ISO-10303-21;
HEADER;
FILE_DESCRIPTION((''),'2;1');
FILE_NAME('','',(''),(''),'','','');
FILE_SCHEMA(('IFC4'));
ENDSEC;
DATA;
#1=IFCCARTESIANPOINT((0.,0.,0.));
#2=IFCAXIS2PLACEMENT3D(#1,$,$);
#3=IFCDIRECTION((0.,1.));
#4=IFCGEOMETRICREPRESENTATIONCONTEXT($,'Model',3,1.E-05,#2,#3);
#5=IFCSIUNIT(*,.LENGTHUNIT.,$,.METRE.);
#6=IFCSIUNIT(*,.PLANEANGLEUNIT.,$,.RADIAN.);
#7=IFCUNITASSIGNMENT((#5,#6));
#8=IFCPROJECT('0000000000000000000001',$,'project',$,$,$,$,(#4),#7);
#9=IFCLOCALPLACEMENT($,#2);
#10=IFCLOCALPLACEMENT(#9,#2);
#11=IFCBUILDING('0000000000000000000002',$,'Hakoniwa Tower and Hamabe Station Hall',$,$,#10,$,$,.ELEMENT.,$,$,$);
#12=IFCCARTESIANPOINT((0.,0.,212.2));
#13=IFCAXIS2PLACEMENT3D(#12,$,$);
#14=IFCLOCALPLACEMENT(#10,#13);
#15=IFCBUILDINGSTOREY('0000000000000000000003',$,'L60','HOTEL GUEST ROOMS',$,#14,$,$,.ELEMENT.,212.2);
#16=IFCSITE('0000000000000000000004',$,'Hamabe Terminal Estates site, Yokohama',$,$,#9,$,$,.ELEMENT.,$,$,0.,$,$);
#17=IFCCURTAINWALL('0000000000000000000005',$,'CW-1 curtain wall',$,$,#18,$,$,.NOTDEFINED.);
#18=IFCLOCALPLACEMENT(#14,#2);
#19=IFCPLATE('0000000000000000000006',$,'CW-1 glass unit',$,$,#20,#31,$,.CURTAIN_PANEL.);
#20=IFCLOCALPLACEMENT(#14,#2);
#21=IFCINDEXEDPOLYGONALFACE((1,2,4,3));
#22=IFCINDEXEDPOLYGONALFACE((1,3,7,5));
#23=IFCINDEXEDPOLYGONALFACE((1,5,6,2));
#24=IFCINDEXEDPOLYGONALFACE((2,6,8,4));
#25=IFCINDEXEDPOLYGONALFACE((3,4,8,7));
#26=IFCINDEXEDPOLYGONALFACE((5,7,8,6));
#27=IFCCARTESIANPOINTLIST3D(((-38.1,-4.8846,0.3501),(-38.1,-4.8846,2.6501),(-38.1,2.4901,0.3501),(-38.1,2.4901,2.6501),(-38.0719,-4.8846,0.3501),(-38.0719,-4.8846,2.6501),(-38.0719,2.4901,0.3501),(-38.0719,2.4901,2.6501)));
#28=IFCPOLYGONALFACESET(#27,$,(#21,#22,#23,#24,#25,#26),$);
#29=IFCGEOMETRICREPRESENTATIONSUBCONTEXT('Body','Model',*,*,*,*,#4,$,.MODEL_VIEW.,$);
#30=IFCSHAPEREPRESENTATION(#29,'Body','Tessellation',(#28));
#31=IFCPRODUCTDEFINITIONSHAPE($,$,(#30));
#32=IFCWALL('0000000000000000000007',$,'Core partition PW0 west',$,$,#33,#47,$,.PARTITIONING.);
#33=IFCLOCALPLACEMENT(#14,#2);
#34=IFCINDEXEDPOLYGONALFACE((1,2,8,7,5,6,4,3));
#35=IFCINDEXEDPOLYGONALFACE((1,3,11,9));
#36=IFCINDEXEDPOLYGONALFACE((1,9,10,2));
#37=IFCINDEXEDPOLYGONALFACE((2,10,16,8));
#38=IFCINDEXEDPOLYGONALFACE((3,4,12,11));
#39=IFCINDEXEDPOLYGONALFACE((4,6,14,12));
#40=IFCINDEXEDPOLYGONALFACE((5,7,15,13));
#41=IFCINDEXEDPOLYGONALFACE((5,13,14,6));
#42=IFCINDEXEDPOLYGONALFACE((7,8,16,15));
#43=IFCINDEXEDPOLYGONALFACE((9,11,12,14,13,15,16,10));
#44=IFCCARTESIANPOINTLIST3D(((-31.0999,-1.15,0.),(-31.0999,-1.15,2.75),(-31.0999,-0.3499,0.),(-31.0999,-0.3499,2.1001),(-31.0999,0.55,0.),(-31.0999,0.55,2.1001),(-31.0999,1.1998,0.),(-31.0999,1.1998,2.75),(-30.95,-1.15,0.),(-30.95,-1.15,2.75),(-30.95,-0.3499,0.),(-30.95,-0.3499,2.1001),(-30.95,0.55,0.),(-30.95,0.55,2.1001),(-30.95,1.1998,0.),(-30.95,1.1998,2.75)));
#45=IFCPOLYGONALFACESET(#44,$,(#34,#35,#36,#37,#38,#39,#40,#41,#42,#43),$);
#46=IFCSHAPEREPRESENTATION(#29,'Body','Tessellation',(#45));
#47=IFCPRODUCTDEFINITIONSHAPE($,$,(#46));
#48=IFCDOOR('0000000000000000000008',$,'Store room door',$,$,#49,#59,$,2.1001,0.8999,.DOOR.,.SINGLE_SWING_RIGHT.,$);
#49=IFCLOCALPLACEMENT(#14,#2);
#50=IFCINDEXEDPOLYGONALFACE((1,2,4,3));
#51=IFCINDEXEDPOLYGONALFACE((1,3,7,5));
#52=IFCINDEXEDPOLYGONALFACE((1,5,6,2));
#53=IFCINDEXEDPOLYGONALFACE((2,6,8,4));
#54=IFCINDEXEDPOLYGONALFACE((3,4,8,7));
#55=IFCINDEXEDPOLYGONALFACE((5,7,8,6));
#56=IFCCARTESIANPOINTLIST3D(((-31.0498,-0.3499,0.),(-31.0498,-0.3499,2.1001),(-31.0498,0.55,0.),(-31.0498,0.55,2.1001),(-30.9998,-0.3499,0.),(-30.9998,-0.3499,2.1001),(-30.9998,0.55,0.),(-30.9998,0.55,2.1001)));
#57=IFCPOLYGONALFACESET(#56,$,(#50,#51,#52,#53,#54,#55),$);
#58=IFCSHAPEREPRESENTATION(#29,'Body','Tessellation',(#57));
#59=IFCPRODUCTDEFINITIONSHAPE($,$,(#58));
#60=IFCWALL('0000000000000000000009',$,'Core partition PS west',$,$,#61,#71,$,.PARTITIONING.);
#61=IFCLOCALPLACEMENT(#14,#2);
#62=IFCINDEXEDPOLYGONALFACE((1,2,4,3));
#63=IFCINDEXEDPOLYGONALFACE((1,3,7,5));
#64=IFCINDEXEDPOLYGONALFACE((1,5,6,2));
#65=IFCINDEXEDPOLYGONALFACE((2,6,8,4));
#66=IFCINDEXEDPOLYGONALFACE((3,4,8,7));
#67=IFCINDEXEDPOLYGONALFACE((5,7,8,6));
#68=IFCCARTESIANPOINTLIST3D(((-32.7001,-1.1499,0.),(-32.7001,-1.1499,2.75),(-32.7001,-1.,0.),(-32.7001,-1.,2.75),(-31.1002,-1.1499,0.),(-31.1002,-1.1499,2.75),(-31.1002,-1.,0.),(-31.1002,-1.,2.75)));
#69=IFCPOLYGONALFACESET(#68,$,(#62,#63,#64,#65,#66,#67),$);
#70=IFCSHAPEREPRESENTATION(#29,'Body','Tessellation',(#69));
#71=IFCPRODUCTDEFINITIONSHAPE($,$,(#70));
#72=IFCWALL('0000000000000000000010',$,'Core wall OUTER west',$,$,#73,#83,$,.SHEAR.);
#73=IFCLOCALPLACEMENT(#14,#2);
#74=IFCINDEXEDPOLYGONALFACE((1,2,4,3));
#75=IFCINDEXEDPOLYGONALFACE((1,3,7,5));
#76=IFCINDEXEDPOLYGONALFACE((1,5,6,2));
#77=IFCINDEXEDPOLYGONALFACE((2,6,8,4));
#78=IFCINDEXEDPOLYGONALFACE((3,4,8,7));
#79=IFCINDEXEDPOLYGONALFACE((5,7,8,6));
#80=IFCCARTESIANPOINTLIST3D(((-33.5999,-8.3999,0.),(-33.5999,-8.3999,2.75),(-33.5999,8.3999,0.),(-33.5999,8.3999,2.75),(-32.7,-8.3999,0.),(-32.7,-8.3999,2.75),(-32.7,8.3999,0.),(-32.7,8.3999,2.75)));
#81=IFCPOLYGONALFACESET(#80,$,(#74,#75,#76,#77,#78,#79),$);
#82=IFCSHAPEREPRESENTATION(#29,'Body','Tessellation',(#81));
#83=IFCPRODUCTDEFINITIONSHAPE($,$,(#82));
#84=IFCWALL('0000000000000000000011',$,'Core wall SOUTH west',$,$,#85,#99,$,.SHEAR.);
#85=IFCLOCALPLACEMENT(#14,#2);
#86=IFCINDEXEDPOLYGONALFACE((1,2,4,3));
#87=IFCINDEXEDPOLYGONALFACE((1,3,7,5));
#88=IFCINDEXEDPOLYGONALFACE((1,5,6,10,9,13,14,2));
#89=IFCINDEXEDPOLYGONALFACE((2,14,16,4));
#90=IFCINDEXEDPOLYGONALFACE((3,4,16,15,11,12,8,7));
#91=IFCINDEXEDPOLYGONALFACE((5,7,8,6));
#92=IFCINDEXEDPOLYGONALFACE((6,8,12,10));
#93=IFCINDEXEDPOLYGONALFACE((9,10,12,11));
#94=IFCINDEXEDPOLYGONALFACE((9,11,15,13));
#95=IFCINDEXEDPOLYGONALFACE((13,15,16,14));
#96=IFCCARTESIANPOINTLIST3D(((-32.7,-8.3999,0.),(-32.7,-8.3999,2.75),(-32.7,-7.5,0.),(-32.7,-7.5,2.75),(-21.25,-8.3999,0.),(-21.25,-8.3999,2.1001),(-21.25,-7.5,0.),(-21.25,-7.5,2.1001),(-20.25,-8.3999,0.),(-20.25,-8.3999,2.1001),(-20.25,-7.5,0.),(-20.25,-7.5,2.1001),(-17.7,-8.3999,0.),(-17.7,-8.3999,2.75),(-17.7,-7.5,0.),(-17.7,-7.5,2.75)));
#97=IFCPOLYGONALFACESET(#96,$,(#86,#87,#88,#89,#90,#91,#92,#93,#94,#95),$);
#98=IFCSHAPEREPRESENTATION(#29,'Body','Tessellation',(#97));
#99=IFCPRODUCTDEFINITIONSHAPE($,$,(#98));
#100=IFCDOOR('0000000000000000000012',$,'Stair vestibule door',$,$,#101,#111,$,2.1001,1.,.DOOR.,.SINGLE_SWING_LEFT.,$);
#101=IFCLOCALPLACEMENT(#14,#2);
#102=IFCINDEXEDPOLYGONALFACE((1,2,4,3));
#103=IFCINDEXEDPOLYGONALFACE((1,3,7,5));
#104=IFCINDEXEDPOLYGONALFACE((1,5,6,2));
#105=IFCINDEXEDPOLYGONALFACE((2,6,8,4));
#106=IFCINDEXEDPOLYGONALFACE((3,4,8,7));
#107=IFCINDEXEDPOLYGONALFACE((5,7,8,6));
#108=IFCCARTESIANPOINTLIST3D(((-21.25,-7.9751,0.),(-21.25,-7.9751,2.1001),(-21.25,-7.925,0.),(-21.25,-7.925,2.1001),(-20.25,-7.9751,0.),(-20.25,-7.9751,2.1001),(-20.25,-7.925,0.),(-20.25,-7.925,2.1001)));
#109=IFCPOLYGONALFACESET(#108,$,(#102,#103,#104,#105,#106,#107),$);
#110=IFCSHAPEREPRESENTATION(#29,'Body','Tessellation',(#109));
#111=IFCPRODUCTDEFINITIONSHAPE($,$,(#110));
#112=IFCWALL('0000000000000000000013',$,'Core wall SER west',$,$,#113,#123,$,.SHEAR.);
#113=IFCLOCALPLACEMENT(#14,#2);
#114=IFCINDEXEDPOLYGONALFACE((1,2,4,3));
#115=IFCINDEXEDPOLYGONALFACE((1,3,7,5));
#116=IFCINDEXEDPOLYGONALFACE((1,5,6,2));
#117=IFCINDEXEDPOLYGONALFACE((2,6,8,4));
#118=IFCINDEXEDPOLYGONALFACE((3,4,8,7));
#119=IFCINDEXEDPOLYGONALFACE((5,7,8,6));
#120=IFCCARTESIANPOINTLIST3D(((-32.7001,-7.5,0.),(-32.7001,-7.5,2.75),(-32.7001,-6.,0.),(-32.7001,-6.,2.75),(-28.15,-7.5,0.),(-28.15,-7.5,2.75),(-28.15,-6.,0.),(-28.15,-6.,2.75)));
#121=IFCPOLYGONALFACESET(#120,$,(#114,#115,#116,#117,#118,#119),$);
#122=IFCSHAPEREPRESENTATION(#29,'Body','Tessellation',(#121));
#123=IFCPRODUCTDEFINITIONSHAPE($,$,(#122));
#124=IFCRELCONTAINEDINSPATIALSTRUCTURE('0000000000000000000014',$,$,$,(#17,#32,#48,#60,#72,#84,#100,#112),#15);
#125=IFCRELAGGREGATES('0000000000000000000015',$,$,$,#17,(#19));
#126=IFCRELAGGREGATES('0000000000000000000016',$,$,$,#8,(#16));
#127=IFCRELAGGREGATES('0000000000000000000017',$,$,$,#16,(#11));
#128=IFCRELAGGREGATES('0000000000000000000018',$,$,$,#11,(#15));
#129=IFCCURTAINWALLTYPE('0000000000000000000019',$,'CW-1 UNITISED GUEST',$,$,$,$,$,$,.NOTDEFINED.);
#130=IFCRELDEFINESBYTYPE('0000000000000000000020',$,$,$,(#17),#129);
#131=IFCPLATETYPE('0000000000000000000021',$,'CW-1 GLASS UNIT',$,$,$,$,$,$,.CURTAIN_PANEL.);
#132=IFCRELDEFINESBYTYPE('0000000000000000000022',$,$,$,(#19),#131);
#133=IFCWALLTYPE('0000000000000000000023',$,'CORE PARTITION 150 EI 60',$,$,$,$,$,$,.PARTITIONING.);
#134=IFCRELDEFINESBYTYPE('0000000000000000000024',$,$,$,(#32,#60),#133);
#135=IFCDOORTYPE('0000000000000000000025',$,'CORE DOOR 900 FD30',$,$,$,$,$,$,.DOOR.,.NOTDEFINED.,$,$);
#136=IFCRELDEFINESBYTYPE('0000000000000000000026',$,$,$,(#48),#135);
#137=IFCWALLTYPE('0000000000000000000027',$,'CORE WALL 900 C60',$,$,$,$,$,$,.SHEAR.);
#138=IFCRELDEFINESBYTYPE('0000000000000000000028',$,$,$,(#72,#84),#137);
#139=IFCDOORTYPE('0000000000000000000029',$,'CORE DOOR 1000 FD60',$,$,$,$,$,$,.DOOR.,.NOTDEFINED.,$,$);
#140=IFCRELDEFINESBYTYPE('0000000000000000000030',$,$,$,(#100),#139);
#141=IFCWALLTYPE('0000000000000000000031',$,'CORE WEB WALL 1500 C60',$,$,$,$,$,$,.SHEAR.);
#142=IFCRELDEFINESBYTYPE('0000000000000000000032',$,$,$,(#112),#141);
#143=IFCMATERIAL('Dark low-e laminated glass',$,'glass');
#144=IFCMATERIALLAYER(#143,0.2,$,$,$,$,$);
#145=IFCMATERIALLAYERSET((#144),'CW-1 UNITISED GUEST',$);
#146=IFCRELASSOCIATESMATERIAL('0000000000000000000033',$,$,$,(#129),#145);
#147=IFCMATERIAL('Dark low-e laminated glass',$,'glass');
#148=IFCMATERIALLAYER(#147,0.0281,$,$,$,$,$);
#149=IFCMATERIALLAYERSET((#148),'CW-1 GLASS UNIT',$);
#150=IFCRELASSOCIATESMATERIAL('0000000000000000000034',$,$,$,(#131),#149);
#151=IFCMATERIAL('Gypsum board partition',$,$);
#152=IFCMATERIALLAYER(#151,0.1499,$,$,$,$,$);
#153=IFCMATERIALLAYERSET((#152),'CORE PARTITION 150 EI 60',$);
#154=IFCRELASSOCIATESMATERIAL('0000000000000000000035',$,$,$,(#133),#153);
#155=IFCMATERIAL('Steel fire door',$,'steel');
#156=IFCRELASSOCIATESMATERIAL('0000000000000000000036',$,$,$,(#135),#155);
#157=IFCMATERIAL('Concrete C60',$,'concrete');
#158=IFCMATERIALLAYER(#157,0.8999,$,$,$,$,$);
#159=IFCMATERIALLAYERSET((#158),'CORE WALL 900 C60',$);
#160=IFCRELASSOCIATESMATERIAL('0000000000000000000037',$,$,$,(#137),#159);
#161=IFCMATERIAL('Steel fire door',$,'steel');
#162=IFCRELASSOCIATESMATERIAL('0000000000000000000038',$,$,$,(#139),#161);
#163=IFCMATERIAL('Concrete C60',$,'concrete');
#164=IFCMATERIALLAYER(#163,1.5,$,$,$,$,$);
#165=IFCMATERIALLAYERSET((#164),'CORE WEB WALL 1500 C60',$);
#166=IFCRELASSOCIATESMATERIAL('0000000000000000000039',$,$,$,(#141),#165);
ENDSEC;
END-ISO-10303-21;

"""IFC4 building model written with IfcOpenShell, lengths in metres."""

from ifc_helpers import new_model, si_unit, direction, frame, frame_2d, origin, origin_2d, place, context, subcontext, project, spatial, rectangle, extrude, material, layer, layer_set, type_object, element, fill, aggregate, save


model = new_model("IFC4")

# Units and contexts
model_context = context("Model", 3, precision=1e-05, world=origin(), true_north=direction((0.0, 1.0)))
body_context = subcontext(model_context, "Body", "Model", "MODEL_VIEW")
ifc_project = project(units=[si_unit("LENGTHUNIT", "METRE"), si_unit("PLANEANGLEUNIT", "RADIAN")], contexts=[model_context])

# Site, building, storey
site_placement = place(None, origin())
site = spatial("IfcSite", under=ifc_project, at=site_placement, Name="Hamabe Terminal Estates site, Yokohama", CompositionType="ELEMENT", RefElevation=0.0)
building_placement = place(site_placement, origin())
building = spatial("IfcBuilding", under=site, at=building_placement, Name="Hakoniwa Tower and Hamabe Station Hall", CompositionType="ELEMENT")
storey_placement = place(building_placement, frame((0.0, 0.0, 212.2)))
storey = spatial("IfcBuildingStorey", under=building, at=storey_placement, Name="L60", Description="HOTEL GUEST ROOMS", CompositionType="ELEMENT", Elevation=212.2)

# Curtain wall, plate
ifc_material_1 = material(Name="Dark low-e laminated glass", Category="glass")
ifc_layer_1 = layer(ifc_material_1, 0.2)
ifc_layer_set_1 = layer_set([ifc_layer_1], Name="CW-1 UNITISED GUEST")
curtain_wall_type = type_object("IfcCurtainWallType", Name="CW-1 UNITISED GUEST", PredefinedType="NOTDEFINED", material=ifc_layer_set_1)
curtain_wall_placement = place(storey_placement, origin())
curtain_wall = element("IfcCurtainWall", 1, at=curtain_wall_placement, inside=storey, type_object=curtain_wall_type, Name="CW-1 curtain wall", PredefinedType="NOTDEFINED")
ifc_material_2 = material(Name="Dark low-e laminated glass", Category="glass")
ifc_layer_2 = layer(ifc_material_2, 0.0281)
ifc_layer_set_2 = layer_set([ifc_layer_2], Name="CW-1 GLASS UNIT")
plate_type = type_object("IfcPlateType", Name="CW-1 GLASS UNIT", PredefinedType="CURTAIN_PANEL", material=ifc_layer_set_2)
plate_placement = place(storey_placement, frame((-38.0859, -1.1973, 0.3501), z_axis=(0.0, 0.0, 1.0), x_axis=(0.0, -1.0, 0.0)))
plate = element("IfcPlate", 2, at=plate_placement, type_object=plate_type, Name="CW-1 glass unit", PredefinedType="CURTAIN_PANEL", context=body_context, shape_type="SweptSolid", body=[
    extrude(rectangle(XDim=7.3748, YDim=0.0281, at=origin_2d()), origin(), (0.0, 0.0, 1.0), 2.3),
])
aggregate(curtain_wall, [plate])

# Wall, opening, door
ifc_material_3 = material(Name="Gypsum board partition")
ifc_layer_3 = layer(ifc_material_3, 0.1499)
ifc_layer_set_3 = layer_set([ifc_layer_3], Name="CORE PARTITION 150 EI 60")
wall_type_1 = type_object("IfcWallType", Name="CORE PARTITION 150 EI 60", PredefinedType="PARTITIONING", material=ifc_layer_set_3)
wall_1_placement = place(storey_placement, frame((-31.0249, -1.1499, 0.0), z_axis=(0.0, 0.0, 1.0), x_axis=(0.0, 1.0, 0.0)))
wall_1 = element("IfcWall", 3, at=wall_1_placement, inside=storey, type_object=wall_type_1, Name="Core partition PW0 west", PredefinedType="PARTITIONING", context=body_context, shape_type="SweptSolid", body=[
    extrude(rectangle(XDim=2.3499, YDim=0.1499, at=frame_2d((1.1748, 0.0))), origin(), (0.0, 0.0, 1.0), 2.75),
])
opening_1_placement = place(wall_1_placement, frame((0.8, 0.0, 0.0)))
opening_1 = element("IfcOpeningElement", 4, at=opening_1_placement, cuts=wall_1, PredefinedType="OPENING", context=body_context, shape_type="SweptSolid", body=[
    extrude(rectangle(XDim=0.8999, YDim=2.1001, at=frame_2d((0.45, 1.05))), frame((0.0, 0.085, 0.0), z_axis=(0.0, -1.0, 0.0), x_axis=(1.0, 0.0, 0.0)), (0.0, 0.0, 1.0), 0.1699),
])
ifc_material_4 = material(Name="Steel fire door", Category="steel")
door_type_1 = type_object("IfcDoorType", Name="CORE DOOR 900 FD30", OperationType="NOTDEFINED", PredefinedType="DOOR", material=ifc_material_4)
door_1_placement = place(opening_1_placement, origin())
door_1 = element("IfcDoor", 5, at=door_1_placement, inside=storey, type_object=door_type_1, Name="Store room door", OperationType="SINGLE_SWING_RIGHT", OverallHeight=2.1001, OverallWidth=0.8999, PredefinedType="DOOR", context=body_context, shape_type="SweptSolid", body=[
    extrude(rectangle(XDim=0.8999, YDim=2.1001, at=frame_2d((0.45, 1.05))), frame((0.0, 0.0249, 0.0), z_axis=(0.0, -1.0, 0.0), x_axis=(1.0, 0.0, 0.0)), (0.0, 0.0, 1.0), 0.05),
])
fill(opening_1, door_1)

# Walls
wall_2_placement = place(storey_placement, frame((-32.7, -1.075, 0.0), z_axis=(0.0, 0.0, 1.0), x_axis=(1.0, 0.0, 0.0)))
element("IfcWall", 6, at=wall_2_placement, inside=storey, type_object=wall_type_1, Name="Core partition PS west", PredefinedType="PARTITIONING", context=body_context, shape_type="SweptSolid", body=[
    extrude(rectangle(XDim=1.5999, YDim=0.1499, at=frame_2d((0.7998, 0.0))), origin(), (0.0, 0.0, 1.0), 2.75),
])
ifc_material_5 = material(Name="Concrete C60", Category="concrete")
ifc_layer_4 = layer(ifc_material_5, 0.8999)
ifc_layer_set_4 = layer_set([ifc_layer_4], Name="CORE WALL 900 C60")
wall_type_2 = type_object("IfcWallType", Name="CORE WALL 900 C60", PredefinedType="SHEAR", material=ifc_layer_set_4)
wall_3_placement = place(storey_placement, frame((-33.1499, -8.3999, 0.0), z_axis=(0.0, 0.0, 1.0), x_axis=(0.0, 1.0, 0.0)))
element("IfcWall", 7, at=wall_3_placement, inside=storey, type_object=wall_type_2, Name="Core wall OUTER west", PredefinedType="SHEAR", context=body_context, shape_type="SweptSolid", body=[
    extrude(rectangle(XDim=16.7998, YDim=0.8999, at=frame_2d((8.3999, 0.0))), origin(), (0.0, 0.0, 1.0), 2.75),
])

# Wall, opening, door
wall_4_placement = place(storey_placement, frame((-32.7, -7.95, 0.0), z_axis=(0.0, 0.0, 1.0), x_axis=(1.0, 0.0, 0.0)))
wall_4 = element("IfcWall", 8, at=wall_4_placement, inside=storey, type_object=wall_type_2, Name="Core wall SOUTH west", PredefinedType="SHEAR", context=body_context, shape_type="SweptSolid", body=[
    extrude(rectangle(XDim=15.0, YDim=0.8999, at=frame_2d((7.5, 0.0))), origin(), (0.0, 0.0, 1.0), 2.75),
])
opening_2_placement = place(wall_4_placement, frame((11.45, 0.0, 0.0)))
opening_2 = element("IfcOpeningElement", 9, at=opening_2_placement, cuts=wall_4, PredefinedType="OPENING", context=body_context, shape_type="SweptSolid", body=[
    extrude(rectangle(XDim=1.0, YDim=2.1001, at=frame_2d((0.5, 1.05))), frame((0.0, 0.46, 0.0), z_axis=(0.0, -1.0, 0.0), x_axis=(1.0, 0.0, 0.0)), (0.0, 0.0, 1.0), 0.9199),
])
ifc_material_6 = material(Name="Steel fire door", Category="steel")
door_type_2 = type_object("IfcDoorType", Name="CORE DOOR 1000 FD60", OperationType="NOTDEFINED", PredefinedType="DOOR", material=ifc_material_6)
door_2_placement = place(opening_2_placement, origin())
door_2 = element("IfcDoor", 10, at=door_2_placement, inside=storey, type_object=door_type_2, Name="Stair vestibule door", OperationType="SINGLE_SWING_LEFT", OverallHeight=2.1001, OverallWidth=1.0, PredefinedType="DOOR", context=body_context, shape_type="SweptSolid", body=[
    extrude(rectangle(XDim=1.0, YDim=2.1001, at=frame_2d((0.5, 1.05))), frame((0.0, 0.0249, 0.0), z_axis=(0.0, -1.0, 0.0), x_axis=(1.0, 0.0, 0.0)), (0.0, 0.0, 1.0), 0.05),
])
fill(opening_2, door_2)

# Wall
ifc_material_7 = material(Name="Concrete C60", Category="concrete")
ifc_layer_5 = layer(ifc_material_7, 1.5)
ifc_layer_set_5 = layer_set([ifc_layer_5], Name="CORE WEB WALL 1500 C60")
wall_type_3 = type_object("IfcWallType", Name="CORE WEB WALL 1500 C60", PredefinedType="SHEAR", material=ifc_layer_set_5)
wall_5_placement = place(storey_placement, frame((-32.7, -6.75, 0.0), z_axis=(0.0, 0.0, 1.0), x_axis=(1.0, 0.0, 0.0)))
element("IfcWall", 11, at=wall_5_placement, inside=storey, type_object=wall_type_3, Name="Core wall SER west", PredefinedType="SHEAR", context=body_context, shape_type="SweptSolid", body=[
    extrude(rectangle(XDim=4.55, YDim=1.5, at=frame_2d((2.2749, 0.0))), origin(), (0.0, 0.0, 1.0), 2.75),
])

save(model, "model.ifc")
